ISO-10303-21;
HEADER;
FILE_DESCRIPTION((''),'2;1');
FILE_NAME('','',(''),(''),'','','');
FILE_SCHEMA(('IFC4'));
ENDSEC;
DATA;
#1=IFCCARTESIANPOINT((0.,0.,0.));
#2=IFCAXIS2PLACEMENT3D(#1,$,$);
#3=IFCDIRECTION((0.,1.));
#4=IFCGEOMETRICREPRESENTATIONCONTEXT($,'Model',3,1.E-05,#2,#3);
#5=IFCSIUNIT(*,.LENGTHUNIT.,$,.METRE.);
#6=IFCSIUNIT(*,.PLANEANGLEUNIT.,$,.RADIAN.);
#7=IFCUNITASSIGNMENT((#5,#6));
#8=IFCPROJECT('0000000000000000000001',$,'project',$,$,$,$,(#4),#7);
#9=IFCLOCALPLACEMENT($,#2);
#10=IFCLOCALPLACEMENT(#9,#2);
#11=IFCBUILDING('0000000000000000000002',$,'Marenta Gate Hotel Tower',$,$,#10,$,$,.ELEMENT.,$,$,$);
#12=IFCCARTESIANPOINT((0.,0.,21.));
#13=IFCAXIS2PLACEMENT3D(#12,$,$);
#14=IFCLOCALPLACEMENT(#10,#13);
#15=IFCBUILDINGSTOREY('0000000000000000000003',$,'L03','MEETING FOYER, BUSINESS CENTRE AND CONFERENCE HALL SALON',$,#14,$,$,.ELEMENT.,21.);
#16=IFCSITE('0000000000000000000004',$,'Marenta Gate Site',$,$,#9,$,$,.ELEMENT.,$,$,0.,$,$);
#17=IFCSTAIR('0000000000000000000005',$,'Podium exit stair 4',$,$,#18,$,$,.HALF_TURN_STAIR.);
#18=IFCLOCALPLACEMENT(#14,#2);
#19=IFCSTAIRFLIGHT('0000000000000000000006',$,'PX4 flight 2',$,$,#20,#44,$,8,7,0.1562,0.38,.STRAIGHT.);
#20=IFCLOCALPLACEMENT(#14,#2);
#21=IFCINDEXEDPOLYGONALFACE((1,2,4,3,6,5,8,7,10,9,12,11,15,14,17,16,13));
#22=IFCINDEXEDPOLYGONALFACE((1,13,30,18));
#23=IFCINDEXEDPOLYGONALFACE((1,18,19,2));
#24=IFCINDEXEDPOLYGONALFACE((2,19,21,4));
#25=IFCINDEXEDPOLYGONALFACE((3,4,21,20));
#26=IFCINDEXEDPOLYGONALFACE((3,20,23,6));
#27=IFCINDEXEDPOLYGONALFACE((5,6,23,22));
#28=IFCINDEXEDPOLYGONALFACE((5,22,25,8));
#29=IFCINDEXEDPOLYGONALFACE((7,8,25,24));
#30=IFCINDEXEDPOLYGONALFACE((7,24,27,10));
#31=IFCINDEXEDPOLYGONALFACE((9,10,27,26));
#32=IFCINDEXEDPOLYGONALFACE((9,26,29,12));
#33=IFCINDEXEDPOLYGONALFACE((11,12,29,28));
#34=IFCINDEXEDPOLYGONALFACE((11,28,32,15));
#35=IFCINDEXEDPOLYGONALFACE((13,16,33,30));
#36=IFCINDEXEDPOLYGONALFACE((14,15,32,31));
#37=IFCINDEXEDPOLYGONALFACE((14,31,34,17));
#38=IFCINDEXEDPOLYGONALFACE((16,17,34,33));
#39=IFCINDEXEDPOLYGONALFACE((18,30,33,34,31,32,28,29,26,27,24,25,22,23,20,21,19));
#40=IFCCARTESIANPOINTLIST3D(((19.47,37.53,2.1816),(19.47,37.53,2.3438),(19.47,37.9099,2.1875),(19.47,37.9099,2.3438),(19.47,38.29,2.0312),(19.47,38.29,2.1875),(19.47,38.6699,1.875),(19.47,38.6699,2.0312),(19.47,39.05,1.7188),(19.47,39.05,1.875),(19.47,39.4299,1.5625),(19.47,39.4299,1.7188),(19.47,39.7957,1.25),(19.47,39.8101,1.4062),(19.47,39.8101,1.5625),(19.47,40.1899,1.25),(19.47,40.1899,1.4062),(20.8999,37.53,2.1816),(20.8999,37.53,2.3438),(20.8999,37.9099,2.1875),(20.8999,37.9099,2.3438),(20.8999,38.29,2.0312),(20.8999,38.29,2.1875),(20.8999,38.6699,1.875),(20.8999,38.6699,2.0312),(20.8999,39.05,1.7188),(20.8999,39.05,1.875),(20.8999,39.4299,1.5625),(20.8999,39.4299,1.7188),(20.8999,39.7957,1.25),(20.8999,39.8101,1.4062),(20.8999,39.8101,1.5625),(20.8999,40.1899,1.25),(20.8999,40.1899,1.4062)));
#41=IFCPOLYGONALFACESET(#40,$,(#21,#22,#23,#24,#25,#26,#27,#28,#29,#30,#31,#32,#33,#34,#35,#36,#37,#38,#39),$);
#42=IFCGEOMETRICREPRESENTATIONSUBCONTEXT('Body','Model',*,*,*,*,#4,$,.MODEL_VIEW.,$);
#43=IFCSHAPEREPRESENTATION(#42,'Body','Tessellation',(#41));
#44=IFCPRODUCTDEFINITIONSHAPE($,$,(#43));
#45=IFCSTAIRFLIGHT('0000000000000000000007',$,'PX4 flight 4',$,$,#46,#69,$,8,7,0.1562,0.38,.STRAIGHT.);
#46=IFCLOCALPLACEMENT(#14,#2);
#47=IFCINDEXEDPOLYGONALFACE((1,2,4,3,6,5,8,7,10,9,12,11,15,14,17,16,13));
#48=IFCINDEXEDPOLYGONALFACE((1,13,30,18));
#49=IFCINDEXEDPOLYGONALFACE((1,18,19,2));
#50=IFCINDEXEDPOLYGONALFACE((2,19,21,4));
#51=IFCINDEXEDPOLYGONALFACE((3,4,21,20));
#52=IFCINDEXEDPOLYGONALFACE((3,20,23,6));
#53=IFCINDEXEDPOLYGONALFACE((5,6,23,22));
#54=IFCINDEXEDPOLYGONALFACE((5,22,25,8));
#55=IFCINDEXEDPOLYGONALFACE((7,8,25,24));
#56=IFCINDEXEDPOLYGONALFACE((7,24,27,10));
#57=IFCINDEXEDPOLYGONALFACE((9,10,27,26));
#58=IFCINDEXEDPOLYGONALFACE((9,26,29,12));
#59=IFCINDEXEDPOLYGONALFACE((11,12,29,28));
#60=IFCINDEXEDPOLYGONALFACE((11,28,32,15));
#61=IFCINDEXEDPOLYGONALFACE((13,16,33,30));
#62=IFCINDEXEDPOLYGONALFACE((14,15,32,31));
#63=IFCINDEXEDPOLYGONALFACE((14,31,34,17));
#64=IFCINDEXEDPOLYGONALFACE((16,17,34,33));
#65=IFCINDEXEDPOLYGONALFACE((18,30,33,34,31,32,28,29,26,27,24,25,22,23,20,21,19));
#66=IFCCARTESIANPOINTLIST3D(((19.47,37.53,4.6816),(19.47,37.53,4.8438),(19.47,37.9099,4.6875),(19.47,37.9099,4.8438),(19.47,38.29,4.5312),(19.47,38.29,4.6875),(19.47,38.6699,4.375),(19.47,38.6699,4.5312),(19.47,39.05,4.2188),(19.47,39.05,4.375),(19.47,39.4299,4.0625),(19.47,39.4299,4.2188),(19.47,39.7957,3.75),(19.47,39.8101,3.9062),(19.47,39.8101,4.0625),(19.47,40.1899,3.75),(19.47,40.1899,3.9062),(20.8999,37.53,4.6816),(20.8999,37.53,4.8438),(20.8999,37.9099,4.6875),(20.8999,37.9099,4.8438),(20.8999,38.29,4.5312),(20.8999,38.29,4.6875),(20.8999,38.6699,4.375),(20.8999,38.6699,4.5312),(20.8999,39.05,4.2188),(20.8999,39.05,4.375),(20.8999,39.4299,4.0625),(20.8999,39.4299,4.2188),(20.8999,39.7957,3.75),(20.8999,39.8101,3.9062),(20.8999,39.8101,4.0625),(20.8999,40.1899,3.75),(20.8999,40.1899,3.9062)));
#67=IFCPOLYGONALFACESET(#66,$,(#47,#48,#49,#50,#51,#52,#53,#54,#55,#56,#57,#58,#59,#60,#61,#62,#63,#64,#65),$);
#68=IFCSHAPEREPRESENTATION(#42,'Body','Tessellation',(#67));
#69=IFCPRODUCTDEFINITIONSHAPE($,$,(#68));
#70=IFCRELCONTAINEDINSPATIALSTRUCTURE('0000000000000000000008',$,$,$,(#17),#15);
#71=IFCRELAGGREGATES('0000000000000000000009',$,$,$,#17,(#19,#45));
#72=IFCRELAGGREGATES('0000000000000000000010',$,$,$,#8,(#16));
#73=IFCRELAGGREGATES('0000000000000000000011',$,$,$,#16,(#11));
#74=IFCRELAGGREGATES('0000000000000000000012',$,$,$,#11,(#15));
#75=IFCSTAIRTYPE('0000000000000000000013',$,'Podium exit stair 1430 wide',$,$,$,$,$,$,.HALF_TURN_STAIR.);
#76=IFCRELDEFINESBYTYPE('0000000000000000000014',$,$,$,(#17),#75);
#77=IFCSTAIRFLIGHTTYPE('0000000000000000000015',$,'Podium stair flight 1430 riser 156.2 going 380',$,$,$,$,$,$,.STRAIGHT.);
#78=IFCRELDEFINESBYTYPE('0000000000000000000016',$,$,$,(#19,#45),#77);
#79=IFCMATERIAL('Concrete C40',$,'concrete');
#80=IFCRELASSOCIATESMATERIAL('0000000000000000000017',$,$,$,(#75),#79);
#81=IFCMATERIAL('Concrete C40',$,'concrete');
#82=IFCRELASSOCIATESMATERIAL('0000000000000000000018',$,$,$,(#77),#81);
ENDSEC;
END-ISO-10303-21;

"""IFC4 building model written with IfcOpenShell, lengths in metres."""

from ifc_helpers import new_model, si_unit, direction, frame, origin, place, context, subcontext, project, spatial, polyline, outline, extrude, material, type_object, element, aggregate, save


model = new_model("IFC4")

# Units and contexts
model_context = context("Model", 3, precision=1e-05, world=origin(), true_north=direction((0.0, 1.0)))
body_context = subcontext(model_context, "Body", "Model", "MODEL_VIEW")
ifc_project = project(units=[si_unit("LENGTHUNIT", "METRE"), si_unit("PLANEANGLEUNIT", "RADIAN")], contexts=[model_context])

# Site, building, storey
site_placement = place(None, origin())
site = spatial("IfcSite", under=ifc_project, at=site_placement, Name="Marenta Gate Site", CompositionType="ELEMENT", RefElevation=0.0)
building_placement = place(site_placement, origin())
building = spatial("IfcBuilding", under=site, at=building_placement, Name="Marenta Gate Hotel Tower", CompositionType="ELEMENT")
storey_placement = place(building_placement, frame((0.0, 0.0, 21.0)))
storey = spatial("IfcBuildingStorey", under=building, at=storey_placement, Name="L03", Description="MEETING FOYER, BUSINESS CENTRE AND CONFERENCE HALL SALON", CompositionType="ELEMENT", Elevation=21.0)

# Stair, stair flights
ifc_material_1 = material(Name="Concrete C40", Category="concrete")
stair_type = type_object("IfcStairType", Name="Podium exit stair 1430 wide", PredefinedType="HALF_TURN_STAIR", material=ifc_material_1)
stair_placement = place(storey_placement, origin())
stair = element("IfcStair", 1, at=stair_placement, inside=storey, type_object=stair_type, Name="Podium exit stair 4", PredefinedType="HALF_TURN_STAIR")
ifc_material_2 = material(Name="Concrete C40", Category="concrete")
stair_flight_type = type_object("IfcStairFlightType", Name="Podium stair flight 1430 riser 156.2 going 380", PredefinedType="STRAIGHT", material=ifc_material_2)
stair_flight_1_placement = place(storey_placement, frame((20.1851, 40.1899, 1.25), z_axis=(0.0, 0.0, 1.0), x_axis=(0.0, -1.0, 0.0)))
stair_flight_1 = element("IfcStairFlight", 2, at=stair_flight_1_placement, type_object=stair_flight_type, Name="PX4 flight 2", NumberOfRisers=8, NumberOfTreads=7, PredefinedType="STRAIGHT", RiserHeight=0.1562, TreadLength=0.38, context=body_context, shape_type="SweptSolid", body=[
    extrude(outline(polyline([(0.0, 0.0), (0.0, 0.1562), (0.3799, 0.1562), (0.3799, 0.3125), (0.76, 0.3125), (0.76, 0.4688), (1.1399, 0.4688), (1.1399, 0.625), (1.52, 0.625), (1.52, 0.7812), (1.8999, 0.7812), (1.8999, 0.9375), (2.28, 0.9375), (2.28, 1.0938), (2.6599, 1.0938), (2.6599, 1.25), (2.6599, 0.9316), (0.3943, 0.0), (0.0, 0.0)])), frame((0.0, 0.7148, 0.0), z_axis=(0.0, -1.0, 0.0), x_axis=(1.0, 0.0, 0.0)), (0.0, 0.0, 1.0), 1.4299),
])
stair_flight_2_placement = place(storey_placement, frame((20.1851, 40.1899, 3.75), z_axis=(0.0, 0.0, 1.0), x_axis=(0.0, -1.0, 0.0)))
stair_flight_2 = element("IfcStairFlight", 3, at=stair_flight_2_placement, type_object=stair_flight_type, Name="PX4 flight 4", NumberOfRisers=8, NumberOfTreads=7, PredefinedType="STRAIGHT", RiserHeight=0.1562, TreadLength=0.38, context=body_context, shape_type="SweptSolid", body=[
    extrude(outline(polyline([(0.0, 0.0), (0.0, 0.1562), (0.3799, 0.1562), (0.3799, 0.3125), (0.76, 0.3125), (0.76, 0.4688), (1.1399, 0.4688), (1.1399, 0.625), (1.52, 0.625), (1.52, 0.7812), (1.8999, 0.7812), (1.8999, 0.9375), (2.28, 0.9375), (2.28, 1.0938), (2.6599, 1.0938), (2.6599, 1.25), (2.6599, 0.9316), (0.3943, 0.0), (0.0, 0.0)])), frame((0.0, 0.7148, 0.0), z_axis=(0.0, -1.0, 0.0), x_axis=(1.0, 0.0, 0.0)), (0.0, 0.0, 1.0), 1.4299),
])
aggregate(stair, [stair_flight_1, stair_flight_2])

save(model, "model.ifc")
